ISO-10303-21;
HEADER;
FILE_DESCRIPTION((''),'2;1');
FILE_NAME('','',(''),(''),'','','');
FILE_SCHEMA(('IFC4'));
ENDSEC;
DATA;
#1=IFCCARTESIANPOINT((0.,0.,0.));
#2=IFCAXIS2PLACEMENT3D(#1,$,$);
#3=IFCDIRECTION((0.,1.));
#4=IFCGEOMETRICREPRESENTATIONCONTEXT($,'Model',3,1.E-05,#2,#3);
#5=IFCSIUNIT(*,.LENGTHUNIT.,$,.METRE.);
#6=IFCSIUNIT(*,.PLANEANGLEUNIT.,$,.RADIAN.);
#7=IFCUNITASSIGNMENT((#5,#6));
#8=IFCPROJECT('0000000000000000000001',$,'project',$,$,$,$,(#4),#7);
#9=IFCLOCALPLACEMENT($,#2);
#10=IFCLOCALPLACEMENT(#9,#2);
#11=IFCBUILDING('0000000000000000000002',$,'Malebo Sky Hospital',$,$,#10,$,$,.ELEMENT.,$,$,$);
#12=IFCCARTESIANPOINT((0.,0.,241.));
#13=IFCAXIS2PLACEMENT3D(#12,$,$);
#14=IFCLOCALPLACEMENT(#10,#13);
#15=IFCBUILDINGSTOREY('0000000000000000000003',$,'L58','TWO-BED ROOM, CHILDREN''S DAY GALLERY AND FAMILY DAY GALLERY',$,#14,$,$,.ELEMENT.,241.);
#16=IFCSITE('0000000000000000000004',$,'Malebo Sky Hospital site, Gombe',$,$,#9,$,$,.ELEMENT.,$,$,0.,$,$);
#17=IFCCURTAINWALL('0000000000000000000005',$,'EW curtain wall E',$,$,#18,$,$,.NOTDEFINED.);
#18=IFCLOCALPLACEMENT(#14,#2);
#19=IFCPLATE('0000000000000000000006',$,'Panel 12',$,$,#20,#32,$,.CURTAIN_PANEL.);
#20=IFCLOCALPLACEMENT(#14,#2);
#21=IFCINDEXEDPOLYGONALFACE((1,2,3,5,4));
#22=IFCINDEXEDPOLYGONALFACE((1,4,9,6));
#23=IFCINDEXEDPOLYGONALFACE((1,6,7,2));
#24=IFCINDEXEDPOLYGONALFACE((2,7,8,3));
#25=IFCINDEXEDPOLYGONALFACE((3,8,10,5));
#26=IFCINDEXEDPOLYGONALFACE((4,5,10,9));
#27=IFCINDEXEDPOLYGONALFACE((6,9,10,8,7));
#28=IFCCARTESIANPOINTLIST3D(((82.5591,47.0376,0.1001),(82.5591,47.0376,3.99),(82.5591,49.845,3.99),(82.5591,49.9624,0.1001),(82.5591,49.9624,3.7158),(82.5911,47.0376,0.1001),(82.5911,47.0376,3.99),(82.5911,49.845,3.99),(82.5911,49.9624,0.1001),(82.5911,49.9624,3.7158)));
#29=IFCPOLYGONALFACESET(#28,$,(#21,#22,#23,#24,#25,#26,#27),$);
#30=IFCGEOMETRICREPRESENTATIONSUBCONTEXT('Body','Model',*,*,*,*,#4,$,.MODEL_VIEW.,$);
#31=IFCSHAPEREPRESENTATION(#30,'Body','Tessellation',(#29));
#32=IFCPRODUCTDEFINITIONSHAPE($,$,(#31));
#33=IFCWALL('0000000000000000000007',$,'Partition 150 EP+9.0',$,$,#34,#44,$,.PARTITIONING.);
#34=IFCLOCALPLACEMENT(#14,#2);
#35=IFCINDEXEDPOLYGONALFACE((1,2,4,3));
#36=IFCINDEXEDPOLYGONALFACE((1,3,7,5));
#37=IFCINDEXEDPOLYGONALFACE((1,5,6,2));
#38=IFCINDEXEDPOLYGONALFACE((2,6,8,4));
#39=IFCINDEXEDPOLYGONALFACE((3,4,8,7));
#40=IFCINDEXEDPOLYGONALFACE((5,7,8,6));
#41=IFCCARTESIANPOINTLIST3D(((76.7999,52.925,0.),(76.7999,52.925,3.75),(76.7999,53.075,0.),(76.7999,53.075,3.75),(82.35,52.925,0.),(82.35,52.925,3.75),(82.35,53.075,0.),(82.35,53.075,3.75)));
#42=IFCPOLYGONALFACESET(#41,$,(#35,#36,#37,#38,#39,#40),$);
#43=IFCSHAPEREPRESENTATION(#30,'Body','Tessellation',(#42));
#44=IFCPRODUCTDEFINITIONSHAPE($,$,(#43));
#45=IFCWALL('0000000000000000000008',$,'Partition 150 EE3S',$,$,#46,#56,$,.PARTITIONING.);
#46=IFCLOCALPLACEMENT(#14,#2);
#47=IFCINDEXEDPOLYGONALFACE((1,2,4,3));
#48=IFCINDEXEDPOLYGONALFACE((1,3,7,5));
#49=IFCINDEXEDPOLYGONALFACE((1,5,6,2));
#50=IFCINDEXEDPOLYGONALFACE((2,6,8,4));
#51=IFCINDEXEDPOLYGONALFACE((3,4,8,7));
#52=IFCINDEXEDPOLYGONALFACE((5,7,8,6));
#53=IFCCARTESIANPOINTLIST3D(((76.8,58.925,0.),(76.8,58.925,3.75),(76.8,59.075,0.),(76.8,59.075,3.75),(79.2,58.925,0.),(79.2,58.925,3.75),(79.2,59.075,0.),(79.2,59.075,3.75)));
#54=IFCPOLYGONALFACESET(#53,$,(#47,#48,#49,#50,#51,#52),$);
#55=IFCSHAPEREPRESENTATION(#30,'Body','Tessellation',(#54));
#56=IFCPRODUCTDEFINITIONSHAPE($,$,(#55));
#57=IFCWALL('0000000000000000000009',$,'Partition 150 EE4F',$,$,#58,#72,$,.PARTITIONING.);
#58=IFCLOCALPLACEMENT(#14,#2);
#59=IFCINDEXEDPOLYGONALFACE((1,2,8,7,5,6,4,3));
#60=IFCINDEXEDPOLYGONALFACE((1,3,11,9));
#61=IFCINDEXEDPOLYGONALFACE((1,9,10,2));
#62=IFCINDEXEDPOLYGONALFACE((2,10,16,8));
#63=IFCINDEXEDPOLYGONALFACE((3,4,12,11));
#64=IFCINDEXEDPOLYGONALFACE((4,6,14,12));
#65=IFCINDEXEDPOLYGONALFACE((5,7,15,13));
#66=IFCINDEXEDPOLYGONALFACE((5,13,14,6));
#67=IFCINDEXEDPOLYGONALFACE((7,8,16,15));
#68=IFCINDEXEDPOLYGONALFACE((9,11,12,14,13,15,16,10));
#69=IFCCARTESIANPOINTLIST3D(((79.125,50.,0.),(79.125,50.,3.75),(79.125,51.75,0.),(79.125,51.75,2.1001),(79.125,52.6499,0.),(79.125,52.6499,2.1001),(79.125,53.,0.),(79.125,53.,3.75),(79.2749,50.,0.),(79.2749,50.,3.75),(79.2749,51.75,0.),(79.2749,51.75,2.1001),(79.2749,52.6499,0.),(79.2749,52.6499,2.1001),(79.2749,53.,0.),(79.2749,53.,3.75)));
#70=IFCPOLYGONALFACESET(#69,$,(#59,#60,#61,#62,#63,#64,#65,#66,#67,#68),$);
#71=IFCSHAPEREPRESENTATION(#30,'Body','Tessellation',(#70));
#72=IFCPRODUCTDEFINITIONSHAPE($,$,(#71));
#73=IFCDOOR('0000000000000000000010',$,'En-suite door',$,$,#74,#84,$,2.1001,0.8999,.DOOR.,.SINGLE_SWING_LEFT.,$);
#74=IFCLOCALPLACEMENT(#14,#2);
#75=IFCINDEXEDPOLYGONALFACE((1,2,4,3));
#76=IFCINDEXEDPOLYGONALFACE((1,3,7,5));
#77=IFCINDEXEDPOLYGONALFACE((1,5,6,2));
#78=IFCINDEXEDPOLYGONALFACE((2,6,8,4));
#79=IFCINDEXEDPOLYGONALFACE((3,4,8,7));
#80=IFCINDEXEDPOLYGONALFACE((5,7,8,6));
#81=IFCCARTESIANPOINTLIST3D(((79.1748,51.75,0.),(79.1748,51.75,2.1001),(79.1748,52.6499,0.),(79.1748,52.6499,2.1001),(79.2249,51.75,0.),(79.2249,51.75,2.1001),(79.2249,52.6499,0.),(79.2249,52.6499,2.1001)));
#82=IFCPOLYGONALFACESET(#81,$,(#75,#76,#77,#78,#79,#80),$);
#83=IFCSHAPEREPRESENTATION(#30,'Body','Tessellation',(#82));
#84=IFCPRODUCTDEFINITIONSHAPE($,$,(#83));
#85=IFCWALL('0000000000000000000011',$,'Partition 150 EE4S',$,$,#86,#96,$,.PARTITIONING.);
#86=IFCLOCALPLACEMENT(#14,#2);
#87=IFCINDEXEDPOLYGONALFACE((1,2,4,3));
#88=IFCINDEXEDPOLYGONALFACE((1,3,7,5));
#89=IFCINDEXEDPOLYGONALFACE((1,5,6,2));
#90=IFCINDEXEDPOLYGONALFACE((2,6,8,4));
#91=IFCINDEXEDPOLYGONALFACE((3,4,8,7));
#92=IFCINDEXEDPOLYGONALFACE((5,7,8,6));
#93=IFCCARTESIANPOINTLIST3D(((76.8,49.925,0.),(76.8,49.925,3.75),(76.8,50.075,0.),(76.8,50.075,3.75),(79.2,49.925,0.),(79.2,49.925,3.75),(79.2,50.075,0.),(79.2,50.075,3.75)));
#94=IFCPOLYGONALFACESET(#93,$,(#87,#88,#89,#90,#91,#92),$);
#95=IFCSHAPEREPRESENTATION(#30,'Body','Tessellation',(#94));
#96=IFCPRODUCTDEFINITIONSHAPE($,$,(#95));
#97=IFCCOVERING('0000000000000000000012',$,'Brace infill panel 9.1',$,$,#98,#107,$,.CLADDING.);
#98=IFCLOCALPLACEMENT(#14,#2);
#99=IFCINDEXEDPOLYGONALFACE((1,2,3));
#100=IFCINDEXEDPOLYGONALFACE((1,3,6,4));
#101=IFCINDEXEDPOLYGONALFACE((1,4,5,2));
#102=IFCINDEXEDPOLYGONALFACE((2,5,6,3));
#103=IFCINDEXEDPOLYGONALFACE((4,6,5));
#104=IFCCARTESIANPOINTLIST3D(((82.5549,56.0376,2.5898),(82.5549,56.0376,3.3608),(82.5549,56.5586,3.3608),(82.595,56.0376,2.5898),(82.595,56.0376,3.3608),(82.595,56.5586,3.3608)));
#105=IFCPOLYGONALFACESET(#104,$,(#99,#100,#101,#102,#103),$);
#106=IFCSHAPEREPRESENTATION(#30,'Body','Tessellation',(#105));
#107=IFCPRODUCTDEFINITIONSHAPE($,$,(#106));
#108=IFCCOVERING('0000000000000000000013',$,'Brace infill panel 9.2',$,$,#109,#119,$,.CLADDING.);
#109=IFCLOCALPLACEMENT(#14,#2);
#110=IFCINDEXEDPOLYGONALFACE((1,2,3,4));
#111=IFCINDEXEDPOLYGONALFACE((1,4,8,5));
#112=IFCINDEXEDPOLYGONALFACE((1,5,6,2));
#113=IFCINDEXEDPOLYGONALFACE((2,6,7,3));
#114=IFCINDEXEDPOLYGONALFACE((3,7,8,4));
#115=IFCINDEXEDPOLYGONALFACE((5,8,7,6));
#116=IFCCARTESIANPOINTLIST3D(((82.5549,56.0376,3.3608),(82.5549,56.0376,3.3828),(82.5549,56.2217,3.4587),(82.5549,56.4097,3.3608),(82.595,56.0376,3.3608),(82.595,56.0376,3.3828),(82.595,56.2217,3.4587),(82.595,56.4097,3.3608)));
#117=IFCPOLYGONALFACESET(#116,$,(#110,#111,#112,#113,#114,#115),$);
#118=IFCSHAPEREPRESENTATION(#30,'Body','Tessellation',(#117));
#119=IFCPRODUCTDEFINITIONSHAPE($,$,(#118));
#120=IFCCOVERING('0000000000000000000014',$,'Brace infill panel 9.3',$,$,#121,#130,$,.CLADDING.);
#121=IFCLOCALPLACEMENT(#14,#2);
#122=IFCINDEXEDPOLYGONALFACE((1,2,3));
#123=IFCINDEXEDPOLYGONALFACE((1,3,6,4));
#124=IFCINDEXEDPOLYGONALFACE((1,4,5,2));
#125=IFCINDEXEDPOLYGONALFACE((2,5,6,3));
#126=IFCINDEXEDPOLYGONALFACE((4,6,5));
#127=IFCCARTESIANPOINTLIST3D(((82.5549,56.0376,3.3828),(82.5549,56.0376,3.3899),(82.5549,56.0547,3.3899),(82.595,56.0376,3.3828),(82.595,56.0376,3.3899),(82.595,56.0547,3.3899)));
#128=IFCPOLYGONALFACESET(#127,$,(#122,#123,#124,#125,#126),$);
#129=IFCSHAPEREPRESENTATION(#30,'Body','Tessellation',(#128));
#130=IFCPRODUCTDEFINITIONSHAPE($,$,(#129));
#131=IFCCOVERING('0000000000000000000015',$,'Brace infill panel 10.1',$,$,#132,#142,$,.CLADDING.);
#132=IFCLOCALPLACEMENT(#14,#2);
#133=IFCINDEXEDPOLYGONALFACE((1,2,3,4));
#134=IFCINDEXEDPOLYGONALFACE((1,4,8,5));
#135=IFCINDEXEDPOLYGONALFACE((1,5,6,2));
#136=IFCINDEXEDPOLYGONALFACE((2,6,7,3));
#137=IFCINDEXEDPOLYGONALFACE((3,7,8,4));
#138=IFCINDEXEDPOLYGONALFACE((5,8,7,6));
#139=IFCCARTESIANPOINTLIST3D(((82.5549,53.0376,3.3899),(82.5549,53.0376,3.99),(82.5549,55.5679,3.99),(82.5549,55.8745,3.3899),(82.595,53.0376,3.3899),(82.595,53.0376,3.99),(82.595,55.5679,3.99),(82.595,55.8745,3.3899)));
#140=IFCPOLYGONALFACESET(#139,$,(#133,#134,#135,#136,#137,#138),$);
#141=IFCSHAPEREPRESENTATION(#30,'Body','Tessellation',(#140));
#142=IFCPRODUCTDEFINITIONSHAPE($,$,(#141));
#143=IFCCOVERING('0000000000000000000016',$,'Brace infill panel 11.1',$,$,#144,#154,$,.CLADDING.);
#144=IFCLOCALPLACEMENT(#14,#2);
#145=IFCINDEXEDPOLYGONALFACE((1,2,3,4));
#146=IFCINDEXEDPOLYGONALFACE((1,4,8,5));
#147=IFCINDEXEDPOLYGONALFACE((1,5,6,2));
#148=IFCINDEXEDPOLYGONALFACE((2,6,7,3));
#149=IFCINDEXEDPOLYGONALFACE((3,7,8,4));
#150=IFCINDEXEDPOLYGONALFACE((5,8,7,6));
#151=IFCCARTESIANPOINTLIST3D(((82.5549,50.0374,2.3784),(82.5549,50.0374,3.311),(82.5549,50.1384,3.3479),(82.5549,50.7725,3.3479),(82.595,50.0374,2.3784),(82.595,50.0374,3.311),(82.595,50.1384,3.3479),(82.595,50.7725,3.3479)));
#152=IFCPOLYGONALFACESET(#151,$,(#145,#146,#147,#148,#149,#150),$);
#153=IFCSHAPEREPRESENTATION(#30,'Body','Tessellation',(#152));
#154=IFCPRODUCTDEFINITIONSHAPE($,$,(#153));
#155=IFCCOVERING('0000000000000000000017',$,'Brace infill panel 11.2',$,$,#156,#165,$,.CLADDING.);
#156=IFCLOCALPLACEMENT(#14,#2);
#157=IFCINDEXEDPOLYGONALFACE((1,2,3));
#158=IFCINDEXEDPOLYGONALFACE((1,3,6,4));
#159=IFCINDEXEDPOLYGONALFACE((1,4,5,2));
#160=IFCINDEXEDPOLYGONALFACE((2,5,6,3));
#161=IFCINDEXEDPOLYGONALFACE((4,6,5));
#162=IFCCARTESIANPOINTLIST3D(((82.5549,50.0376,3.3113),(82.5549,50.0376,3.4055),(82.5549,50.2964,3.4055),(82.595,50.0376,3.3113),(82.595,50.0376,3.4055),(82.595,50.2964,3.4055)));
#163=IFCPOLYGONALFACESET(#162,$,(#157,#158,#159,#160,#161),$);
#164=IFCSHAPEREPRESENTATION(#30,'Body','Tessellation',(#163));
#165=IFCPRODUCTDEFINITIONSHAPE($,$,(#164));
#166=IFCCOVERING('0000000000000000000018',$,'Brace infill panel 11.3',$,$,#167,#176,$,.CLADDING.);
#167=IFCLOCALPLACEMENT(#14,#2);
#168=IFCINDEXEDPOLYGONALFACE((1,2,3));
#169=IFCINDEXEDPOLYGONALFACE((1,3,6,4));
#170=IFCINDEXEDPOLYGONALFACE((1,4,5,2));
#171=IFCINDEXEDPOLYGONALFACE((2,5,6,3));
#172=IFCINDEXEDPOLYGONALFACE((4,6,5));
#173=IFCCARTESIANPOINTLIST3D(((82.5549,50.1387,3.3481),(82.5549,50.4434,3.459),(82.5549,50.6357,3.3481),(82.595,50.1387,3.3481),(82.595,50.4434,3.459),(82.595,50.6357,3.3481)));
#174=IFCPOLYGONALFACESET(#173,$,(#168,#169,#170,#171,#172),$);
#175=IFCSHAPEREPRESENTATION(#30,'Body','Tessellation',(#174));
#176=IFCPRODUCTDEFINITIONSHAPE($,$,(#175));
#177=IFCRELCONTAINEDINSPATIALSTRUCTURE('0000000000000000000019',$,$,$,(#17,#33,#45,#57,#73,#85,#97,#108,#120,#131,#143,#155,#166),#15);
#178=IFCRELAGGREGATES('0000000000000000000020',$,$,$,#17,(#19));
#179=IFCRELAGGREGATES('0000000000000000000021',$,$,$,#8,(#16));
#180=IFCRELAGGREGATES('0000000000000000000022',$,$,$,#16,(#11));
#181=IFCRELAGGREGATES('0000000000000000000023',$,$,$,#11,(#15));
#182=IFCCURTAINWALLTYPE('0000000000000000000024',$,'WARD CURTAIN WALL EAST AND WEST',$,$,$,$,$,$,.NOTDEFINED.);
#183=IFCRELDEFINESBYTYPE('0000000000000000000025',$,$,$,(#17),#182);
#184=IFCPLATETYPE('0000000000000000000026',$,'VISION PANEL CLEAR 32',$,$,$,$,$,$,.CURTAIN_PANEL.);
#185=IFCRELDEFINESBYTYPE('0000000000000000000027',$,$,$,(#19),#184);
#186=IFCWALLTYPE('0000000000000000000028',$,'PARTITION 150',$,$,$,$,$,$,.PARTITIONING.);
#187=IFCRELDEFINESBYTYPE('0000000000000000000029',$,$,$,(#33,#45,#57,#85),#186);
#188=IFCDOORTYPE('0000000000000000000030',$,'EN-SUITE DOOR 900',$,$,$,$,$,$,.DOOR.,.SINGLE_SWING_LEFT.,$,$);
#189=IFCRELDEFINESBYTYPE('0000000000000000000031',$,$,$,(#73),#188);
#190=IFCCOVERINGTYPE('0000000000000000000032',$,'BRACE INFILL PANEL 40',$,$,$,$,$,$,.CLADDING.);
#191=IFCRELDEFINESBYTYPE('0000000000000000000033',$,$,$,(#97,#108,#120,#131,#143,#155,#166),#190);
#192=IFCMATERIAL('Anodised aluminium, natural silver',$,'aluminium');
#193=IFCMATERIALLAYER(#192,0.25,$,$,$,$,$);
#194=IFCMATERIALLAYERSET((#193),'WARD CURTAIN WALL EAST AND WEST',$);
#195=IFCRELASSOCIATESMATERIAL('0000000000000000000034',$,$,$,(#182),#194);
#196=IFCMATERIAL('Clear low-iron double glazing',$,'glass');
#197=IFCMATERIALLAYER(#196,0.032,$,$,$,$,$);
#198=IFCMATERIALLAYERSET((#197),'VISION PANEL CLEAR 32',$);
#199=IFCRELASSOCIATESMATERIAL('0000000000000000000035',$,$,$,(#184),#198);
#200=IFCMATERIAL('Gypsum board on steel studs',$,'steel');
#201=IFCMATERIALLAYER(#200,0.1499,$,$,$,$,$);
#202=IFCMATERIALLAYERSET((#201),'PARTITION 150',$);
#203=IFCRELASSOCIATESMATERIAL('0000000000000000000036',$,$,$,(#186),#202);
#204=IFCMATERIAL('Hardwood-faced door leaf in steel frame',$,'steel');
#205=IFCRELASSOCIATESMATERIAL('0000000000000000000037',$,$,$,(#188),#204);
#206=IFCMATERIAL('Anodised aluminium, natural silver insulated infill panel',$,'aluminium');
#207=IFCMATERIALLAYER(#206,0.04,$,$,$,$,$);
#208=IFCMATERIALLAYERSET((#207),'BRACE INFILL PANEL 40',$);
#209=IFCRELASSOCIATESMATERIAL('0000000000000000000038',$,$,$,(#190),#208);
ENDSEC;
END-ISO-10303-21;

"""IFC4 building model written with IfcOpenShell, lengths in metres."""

from ifc_helpers import new_model, si_unit, direction, frame, frame_2d, origin, place, context, subcontext, project, spatial, polyline, rectangle, outline, extrude, material, layer, layer_set, type_object, element, fill, aggregate, save


model = new_model("IFC4")

# Units and contexts
model_context = context("Model", 3, precision=1e-05, world=origin(), true_north=direction((0.0, 1.0)))
body_context = subcontext(model_context, "Body", "Model", "MODEL_VIEW")
ifc_project = project(units=[si_unit("LENGTHUNIT", "METRE"), si_unit("PLANEANGLEUNIT", "RADIAN")], contexts=[model_context])

# Site, building, storey
site_placement = place(None, origin())
site = spatial("IfcSite", under=ifc_project, at=site_placement, Name="Malebo Sky Hospital site, Gombe", CompositionType="ELEMENT", RefElevation=0.0)
building_placement = place(site_placement, origin())
building = spatial("IfcBuilding", under=site, at=building_placement, Name="Malebo Sky Hospital", CompositionType="ELEMENT")
storey_placement = place(building_placement, frame((0.0, 0.0, 241.0)))
storey = spatial("IfcBuildingStorey", under=building, at=storey_placement, Name="L58", Description="TWO-BED ROOM, CHILDREN'S DAY GALLERY AND FAMILY DAY GALLERY", CompositionType="ELEMENT", Elevation=241.0)

# Curtain wall
ifc_material_1 = material(Name="Anodised aluminium, natural silver", Category="aluminium")
ifc_layer_1 = layer(ifc_material_1, 0.25)
ifc_layer_set_1 = layer_set([ifc_layer_1], Name="WARD CURTAIN WALL EAST AND WEST")
curtain_wall_type = type_object("IfcCurtainWallType", Name="WARD CURTAIN WALL EAST AND WEST", PredefinedType="NOTDEFINED", material=ifc_layer_set_1)
curtain_wall_placement = place(storey_placement, origin())
curtain_wall = element("IfcCurtainWall", 1, at=curtain_wall_placement, inside=storey, type_object=curtain_wall_type, Name="EW curtain wall E", PredefinedType="NOTDEFINED")

# Plate
ifc_material_2 = material(Name="Clear low-iron double glazing", Category="glass")
ifc_layer_2 = layer(ifc_material_2, 0.032)
ifc_layer_set_2 = layer_set([ifc_layer_2], Name="VISION PANEL CLEAR 32")
plate_type = type_object("IfcPlateType", Name="VISION PANEL CLEAR 32", PredefinedType="CURTAIN_PANEL", material=ifc_layer_set_2)
plate_1_placement = place(storey_placement, frame((82.575, 48.5, 0.1001), z_axis=(0.0, 0.0, 1.0), x_axis=(0.0, -1.0, 0.0)))
plate_1 = element("IfcPlate", 2, at=plate_1_placement, type_object=plate_type, Name="Panel 12", PredefinedType="CURTAIN_PANEL", context=body_context, shape_type="SweptSolid", body=[
    extrude(outline(polyline([(-1.4624, 0.0), (1.4624, 0.0), (1.4624, 3.8899), (-1.345, 3.8899), (-1.4624, 3.6157), (-1.4624, 0.0)])), frame((0.0, 0.0161, 0.0), z_axis=(0.0, -1.0, 0.0), x_axis=(1.0, 0.0, 0.0)), (0.0, 0.0, 1.0), 0.032),
])
aggregate(curtain_wall, [plate_1])

# Walls
ifc_material_3 = material(Name="Gypsum board on steel studs", Category="steel")
ifc_layer_3 = layer(ifc_material_3, 0.1499)
ifc_layer_set_3 = layer_set([ifc_layer_3], Name="PARTITION 150")
wall_type = type_object("IfcWallType", Name="PARTITION 150", PredefinedType="PARTITIONING", material=ifc_layer_set_3)
wall_1_placement = place(storey_placement, frame((76.8, 53.0, 0.0), z_axis=(0.0, 0.0, 1.0), x_axis=(1.0, 0.0, 0.0)))
element("IfcWall", 3, at=wall_1_placement, inside=storey, type_object=wall_type, Name="Partition 150 EP+9.0", PredefinedType="PARTITIONING", context=body_context, shape_type="SweptSolid", body=[
    extrude(rectangle(XDim=5.55, YDim=0.1499, at=frame_2d((2.7749, 0.0))), origin(), (0.0, 0.0, 1.0), 3.75),
])
wall_2_placement = place(storey_placement, frame((76.8, 59.0, 0.0), z_axis=(0.0, 0.0, 1.0), x_axis=(1.0, 0.0, 0.0)))
element("IfcWall", 4, at=wall_2_placement, inside=storey, type_object=wall_type, Name="Partition 150 EE3S", PredefinedType="PARTITIONING", context=body_context, shape_type="SweptSolid", body=[
    extrude(rectangle(XDim=2.3999, YDim=0.1499, at=frame_2d((1.2, 0.0))), origin(), (0.0, 0.0, 1.0), 3.75),
])

# Wall, opening, door
wall_3_placement = place(storey_placement, frame((79.2, 53.0, 0.0), z_axis=(0.0, 0.0, 1.0), x_axis=(0.0, -1.0, 0.0)))
wall_3 = element("IfcWall", 5, at=wall_3_placement, inside=storey, type_object=wall_type, Name="Partition 150 EE4F", PredefinedType="PARTITIONING", context=body_context, shape_type="SweptSolid", body=[
    extrude(rectangle(XDim=3.0, YDim=0.1499, at=frame_2d((1.5, 0.0))), origin(), (0.0, 0.0, 1.0), 3.75),
])
opening_placement = place(wall_3_placement, frame((0.3501, 0.0, 0.0)))
opening = element("IfcOpeningElement", 6, at=opening_placement, cuts=wall_3, PredefinedType="OPENING", context=body_context, shape_type="SweptSolid", body=[
    extrude(rectangle(XDim=0.8999, YDim=2.1001, at=frame_2d((0.45, 1.05))), frame((0.0, 0.085, 0.0), z_axis=(0.0, -1.0, 0.0), x_axis=(1.0, 0.0, 0.0)), (0.0, 0.0, 1.0), 0.1699),
])
ifc_material_4 = material(Name="Hardwood-faced door leaf in steel frame", Category="steel")
door_type = type_object("IfcDoorType", Name="EN-SUITE DOOR 900", OperationType="SINGLE_SWING_LEFT", PredefinedType="DOOR", material=ifc_material_4)
door_placement = place(opening_placement, origin())
door = element("IfcDoor", 7, at=door_placement, inside=storey, type_object=door_type, Name="En-suite door", OperationType="SINGLE_SWING_LEFT", OverallHeight=2.1001, OverallWidth=0.8999, PredefinedType="DOOR", context=body_context, shape_type="SweptSolid", body=[
    extrude(rectangle(XDim=0.8999, YDim=2.1001, at=frame_2d((0.45, 1.05))), frame((0.0, 0.0249, 0.0), z_axis=(0.0, -1.0, 0.0), x_axis=(1.0, 0.0, 0.0)), (0.0, 0.0, 1.0), 0.05),
])
fill(opening, door)

# Wall
wall_4_placement = place(storey_placement, frame((76.8, 50.0, 0.0), z_axis=(0.0, 0.0, 1.0), x_axis=(1.0, 0.0, 0.0)))
element("IfcWall", 8, at=wall_4_placement, inside=storey, type_object=wall_type, Name="Partition 150 EE4S", PredefinedType="PARTITIONING", context=body_context, shape_type="SweptSolid", body=[
    extrude(rectangle(XDim=2.3999, YDim=0.1499, at=frame_2d((1.2, 0.0))), origin(), (0.0, 0.0, 1.0), 3.75),
])

# Coverings
ifc_material_5 = material(Name="Anodised aluminium, natural silver insulated infill panel", Category="aluminium")
ifc_layer_4 = layer(ifc_material_5, 0.04)
ifc_layer_set_4 = layer_set([ifc_layer_4], Name="BRACE INFILL PANEL 40")
covering_type = type_object("IfcCoveringType", Name="BRACE INFILL PANEL 40", PredefinedType="CLADDING", material=ifc_layer_set_4)
covering_1_placement = place(storey_placement, frame((82.575, 56.2981, 2.5898), z_axis=(0.0, 0.0, 1.0), x_axis=(0.0, -1.0, 0.0)))
element("IfcCovering", 9, at=covering_1_placement, inside=storey, type_object=covering_type, Name="Brace infill panel 9.1", PredefinedType="CLADDING", context=body_context, shape_type="SweptSolid", body=[
    extrude(outline(polyline([(0.2605, 0.0), (0.2605, 0.771), (-0.2605, 0.771), (0.2605, 0.0)])), frame((0.0, 0.02, 0.0), z_axis=(0.0, -1.0, 0.0), x_axis=(1.0, 0.0, 0.0)), (0.0, 0.0, 1.0), 0.04),
])
covering_2_placement = place(storey_placement, frame((82.575, 56.2236, 3.3608), z_axis=(0.0, 0.0, 1.0), x_axis=(0.0, -1.0, 0.0)))
element("IfcCovering", 10, at=covering_2_placement, inside=storey, type_object=covering_type, Name="Brace infill panel 9.2", PredefinedType="CLADDING", context=body_context, shape_type="SweptSolid", body=[
    extrude(outline(polyline([(-0.186, 0.0), (0.186, 0.0), (0.186, 0.022), (0.002, 0.0979), (-0.186, 0.0)])), frame((0.0, 0.02, 0.0), z_axis=(0.0, -1.0, 0.0), x_axis=(1.0, 0.0, 0.0)), (0.0, 0.0, 1.0), 0.04),
])
covering_3_placement = place(storey_placement, frame((82.575, 56.0461, 3.3828), z_axis=(0.0, 0.0, 1.0), x_axis=(0.0, -1.0, 0.0)))
element("IfcCovering", 11, at=covering_3_placement, inside=storey, type_object=covering_type, Name="Brace infill panel 9.3", PredefinedType="CLADDING", context=body_context, shape_type="SweptSolid", body=[
    extrude(outline(polyline([(0.0085, 0.0), (0.0085, 0.0071), (-0.0085, 0.0071), (0.0085, 0.0)])), frame((0.0, 0.02, 0.0), z_axis=(0.0, -1.0, 0.0), x_axis=(1.0, 0.0, 0.0)), (0.0, 0.0, 1.0), 0.04),
])
covering_4_placement = place(storey_placement, frame((82.575, 54.4561, 3.3899), z_axis=(0.0, 0.0, 1.0), x_axis=(0.0, -1.0, 0.0)))
element("IfcCovering", 12, at=covering_4_placement, inside=storey, type_object=covering_type, Name="Brace infill panel 10.1", PredefinedType="CLADDING", context=body_context, shape_type="SweptSolid", body=[
    extrude(outline(polyline([(-1.4185, 0.0), (1.4185, 0.0), (1.4185, 0.6001), (-1.1118, 0.6001), (-1.4185, 0.0)])), frame((0.0, 0.02, 0.0), z_axis=(0.0, -1.0, 0.0), x_axis=(1.0, 0.0, 0.0)), (0.0, 0.0, 1.0), 0.04),
])
covering_5_placement = place(storey_placement, frame((82.575, 50.405, 2.3784), z_axis=(0.0, 0.0, 1.0), x_axis=(0.0, -1.0, 0.0)))
element("IfcCovering", 13, at=covering_5_placement, inside=storey, type_object=covering_type, Name="Brace infill panel 11.1", PredefinedType="CLADDING", context=body_context, shape_type="SweptSolid", body=[
    extrude(outline(polyline([(0.3677, 0.0), (0.3677, 0.9326), (0.2666, 0.9695), (-0.3674, 0.9695), (0.3677, 0.0)])), frame((0.0, 0.02, 0.0), z_axis=(0.0, -1.0, 0.0), x_axis=(1.0, 0.0, 0.0)), (0.0, 0.0, 1.0), 0.04),
])
covering_6_placement = place(storey_placement, frame((82.575, 50.167, 3.3113), z_axis=(0.0, 0.0, 1.0), x_axis=(0.0, -1.0, 0.0)))
element("IfcCovering", 14, at=covering_6_placement, inside=storey, type_object=covering_type, Name="Brace infill panel 11.2", PredefinedType="CLADDING", context=body_context, shape_type="SweptSolid", body=[
    extrude(outline(polyline([(0.1294, 0.0), (0.1294, 0.0942), (-0.1294, 0.0942), (0.1294, 0.0)])), frame((0.0, 0.02, 0.0), z_axis=(0.0, -1.0, 0.0), x_axis=(1.0, 0.0, 0.0)), (0.0, 0.0, 1.0), 0.04),
])
covering_7_placement = place(storey_placement, frame((82.575, 50.3872, 3.3481), z_axis=(0.0, 0.0, 1.0), x_axis=(0.0, -1.0, 0.0)))
element("IfcCovering", 15, at=covering_7_placement, inside=storey, type_object=covering_type, Name="Brace infill panel 11.3", PredefinedType="CLADDING", context=body_context, shape_type="SweptSolid", body=[
    extrude(outline(polyline([(-0.2485, 0.0), (0.2485, 0.0), (-0.0562, 0.1108), (-0.2485, 0.0)])), frame((0.0, 0.02, 0.0), z_axis=(0.0, -1.0, 0.0), x_axis=(1.0, 0.0, 0.0)), (0.0, 0.0, 1.0), 0.04),
])

save(model, "model.ifc")
